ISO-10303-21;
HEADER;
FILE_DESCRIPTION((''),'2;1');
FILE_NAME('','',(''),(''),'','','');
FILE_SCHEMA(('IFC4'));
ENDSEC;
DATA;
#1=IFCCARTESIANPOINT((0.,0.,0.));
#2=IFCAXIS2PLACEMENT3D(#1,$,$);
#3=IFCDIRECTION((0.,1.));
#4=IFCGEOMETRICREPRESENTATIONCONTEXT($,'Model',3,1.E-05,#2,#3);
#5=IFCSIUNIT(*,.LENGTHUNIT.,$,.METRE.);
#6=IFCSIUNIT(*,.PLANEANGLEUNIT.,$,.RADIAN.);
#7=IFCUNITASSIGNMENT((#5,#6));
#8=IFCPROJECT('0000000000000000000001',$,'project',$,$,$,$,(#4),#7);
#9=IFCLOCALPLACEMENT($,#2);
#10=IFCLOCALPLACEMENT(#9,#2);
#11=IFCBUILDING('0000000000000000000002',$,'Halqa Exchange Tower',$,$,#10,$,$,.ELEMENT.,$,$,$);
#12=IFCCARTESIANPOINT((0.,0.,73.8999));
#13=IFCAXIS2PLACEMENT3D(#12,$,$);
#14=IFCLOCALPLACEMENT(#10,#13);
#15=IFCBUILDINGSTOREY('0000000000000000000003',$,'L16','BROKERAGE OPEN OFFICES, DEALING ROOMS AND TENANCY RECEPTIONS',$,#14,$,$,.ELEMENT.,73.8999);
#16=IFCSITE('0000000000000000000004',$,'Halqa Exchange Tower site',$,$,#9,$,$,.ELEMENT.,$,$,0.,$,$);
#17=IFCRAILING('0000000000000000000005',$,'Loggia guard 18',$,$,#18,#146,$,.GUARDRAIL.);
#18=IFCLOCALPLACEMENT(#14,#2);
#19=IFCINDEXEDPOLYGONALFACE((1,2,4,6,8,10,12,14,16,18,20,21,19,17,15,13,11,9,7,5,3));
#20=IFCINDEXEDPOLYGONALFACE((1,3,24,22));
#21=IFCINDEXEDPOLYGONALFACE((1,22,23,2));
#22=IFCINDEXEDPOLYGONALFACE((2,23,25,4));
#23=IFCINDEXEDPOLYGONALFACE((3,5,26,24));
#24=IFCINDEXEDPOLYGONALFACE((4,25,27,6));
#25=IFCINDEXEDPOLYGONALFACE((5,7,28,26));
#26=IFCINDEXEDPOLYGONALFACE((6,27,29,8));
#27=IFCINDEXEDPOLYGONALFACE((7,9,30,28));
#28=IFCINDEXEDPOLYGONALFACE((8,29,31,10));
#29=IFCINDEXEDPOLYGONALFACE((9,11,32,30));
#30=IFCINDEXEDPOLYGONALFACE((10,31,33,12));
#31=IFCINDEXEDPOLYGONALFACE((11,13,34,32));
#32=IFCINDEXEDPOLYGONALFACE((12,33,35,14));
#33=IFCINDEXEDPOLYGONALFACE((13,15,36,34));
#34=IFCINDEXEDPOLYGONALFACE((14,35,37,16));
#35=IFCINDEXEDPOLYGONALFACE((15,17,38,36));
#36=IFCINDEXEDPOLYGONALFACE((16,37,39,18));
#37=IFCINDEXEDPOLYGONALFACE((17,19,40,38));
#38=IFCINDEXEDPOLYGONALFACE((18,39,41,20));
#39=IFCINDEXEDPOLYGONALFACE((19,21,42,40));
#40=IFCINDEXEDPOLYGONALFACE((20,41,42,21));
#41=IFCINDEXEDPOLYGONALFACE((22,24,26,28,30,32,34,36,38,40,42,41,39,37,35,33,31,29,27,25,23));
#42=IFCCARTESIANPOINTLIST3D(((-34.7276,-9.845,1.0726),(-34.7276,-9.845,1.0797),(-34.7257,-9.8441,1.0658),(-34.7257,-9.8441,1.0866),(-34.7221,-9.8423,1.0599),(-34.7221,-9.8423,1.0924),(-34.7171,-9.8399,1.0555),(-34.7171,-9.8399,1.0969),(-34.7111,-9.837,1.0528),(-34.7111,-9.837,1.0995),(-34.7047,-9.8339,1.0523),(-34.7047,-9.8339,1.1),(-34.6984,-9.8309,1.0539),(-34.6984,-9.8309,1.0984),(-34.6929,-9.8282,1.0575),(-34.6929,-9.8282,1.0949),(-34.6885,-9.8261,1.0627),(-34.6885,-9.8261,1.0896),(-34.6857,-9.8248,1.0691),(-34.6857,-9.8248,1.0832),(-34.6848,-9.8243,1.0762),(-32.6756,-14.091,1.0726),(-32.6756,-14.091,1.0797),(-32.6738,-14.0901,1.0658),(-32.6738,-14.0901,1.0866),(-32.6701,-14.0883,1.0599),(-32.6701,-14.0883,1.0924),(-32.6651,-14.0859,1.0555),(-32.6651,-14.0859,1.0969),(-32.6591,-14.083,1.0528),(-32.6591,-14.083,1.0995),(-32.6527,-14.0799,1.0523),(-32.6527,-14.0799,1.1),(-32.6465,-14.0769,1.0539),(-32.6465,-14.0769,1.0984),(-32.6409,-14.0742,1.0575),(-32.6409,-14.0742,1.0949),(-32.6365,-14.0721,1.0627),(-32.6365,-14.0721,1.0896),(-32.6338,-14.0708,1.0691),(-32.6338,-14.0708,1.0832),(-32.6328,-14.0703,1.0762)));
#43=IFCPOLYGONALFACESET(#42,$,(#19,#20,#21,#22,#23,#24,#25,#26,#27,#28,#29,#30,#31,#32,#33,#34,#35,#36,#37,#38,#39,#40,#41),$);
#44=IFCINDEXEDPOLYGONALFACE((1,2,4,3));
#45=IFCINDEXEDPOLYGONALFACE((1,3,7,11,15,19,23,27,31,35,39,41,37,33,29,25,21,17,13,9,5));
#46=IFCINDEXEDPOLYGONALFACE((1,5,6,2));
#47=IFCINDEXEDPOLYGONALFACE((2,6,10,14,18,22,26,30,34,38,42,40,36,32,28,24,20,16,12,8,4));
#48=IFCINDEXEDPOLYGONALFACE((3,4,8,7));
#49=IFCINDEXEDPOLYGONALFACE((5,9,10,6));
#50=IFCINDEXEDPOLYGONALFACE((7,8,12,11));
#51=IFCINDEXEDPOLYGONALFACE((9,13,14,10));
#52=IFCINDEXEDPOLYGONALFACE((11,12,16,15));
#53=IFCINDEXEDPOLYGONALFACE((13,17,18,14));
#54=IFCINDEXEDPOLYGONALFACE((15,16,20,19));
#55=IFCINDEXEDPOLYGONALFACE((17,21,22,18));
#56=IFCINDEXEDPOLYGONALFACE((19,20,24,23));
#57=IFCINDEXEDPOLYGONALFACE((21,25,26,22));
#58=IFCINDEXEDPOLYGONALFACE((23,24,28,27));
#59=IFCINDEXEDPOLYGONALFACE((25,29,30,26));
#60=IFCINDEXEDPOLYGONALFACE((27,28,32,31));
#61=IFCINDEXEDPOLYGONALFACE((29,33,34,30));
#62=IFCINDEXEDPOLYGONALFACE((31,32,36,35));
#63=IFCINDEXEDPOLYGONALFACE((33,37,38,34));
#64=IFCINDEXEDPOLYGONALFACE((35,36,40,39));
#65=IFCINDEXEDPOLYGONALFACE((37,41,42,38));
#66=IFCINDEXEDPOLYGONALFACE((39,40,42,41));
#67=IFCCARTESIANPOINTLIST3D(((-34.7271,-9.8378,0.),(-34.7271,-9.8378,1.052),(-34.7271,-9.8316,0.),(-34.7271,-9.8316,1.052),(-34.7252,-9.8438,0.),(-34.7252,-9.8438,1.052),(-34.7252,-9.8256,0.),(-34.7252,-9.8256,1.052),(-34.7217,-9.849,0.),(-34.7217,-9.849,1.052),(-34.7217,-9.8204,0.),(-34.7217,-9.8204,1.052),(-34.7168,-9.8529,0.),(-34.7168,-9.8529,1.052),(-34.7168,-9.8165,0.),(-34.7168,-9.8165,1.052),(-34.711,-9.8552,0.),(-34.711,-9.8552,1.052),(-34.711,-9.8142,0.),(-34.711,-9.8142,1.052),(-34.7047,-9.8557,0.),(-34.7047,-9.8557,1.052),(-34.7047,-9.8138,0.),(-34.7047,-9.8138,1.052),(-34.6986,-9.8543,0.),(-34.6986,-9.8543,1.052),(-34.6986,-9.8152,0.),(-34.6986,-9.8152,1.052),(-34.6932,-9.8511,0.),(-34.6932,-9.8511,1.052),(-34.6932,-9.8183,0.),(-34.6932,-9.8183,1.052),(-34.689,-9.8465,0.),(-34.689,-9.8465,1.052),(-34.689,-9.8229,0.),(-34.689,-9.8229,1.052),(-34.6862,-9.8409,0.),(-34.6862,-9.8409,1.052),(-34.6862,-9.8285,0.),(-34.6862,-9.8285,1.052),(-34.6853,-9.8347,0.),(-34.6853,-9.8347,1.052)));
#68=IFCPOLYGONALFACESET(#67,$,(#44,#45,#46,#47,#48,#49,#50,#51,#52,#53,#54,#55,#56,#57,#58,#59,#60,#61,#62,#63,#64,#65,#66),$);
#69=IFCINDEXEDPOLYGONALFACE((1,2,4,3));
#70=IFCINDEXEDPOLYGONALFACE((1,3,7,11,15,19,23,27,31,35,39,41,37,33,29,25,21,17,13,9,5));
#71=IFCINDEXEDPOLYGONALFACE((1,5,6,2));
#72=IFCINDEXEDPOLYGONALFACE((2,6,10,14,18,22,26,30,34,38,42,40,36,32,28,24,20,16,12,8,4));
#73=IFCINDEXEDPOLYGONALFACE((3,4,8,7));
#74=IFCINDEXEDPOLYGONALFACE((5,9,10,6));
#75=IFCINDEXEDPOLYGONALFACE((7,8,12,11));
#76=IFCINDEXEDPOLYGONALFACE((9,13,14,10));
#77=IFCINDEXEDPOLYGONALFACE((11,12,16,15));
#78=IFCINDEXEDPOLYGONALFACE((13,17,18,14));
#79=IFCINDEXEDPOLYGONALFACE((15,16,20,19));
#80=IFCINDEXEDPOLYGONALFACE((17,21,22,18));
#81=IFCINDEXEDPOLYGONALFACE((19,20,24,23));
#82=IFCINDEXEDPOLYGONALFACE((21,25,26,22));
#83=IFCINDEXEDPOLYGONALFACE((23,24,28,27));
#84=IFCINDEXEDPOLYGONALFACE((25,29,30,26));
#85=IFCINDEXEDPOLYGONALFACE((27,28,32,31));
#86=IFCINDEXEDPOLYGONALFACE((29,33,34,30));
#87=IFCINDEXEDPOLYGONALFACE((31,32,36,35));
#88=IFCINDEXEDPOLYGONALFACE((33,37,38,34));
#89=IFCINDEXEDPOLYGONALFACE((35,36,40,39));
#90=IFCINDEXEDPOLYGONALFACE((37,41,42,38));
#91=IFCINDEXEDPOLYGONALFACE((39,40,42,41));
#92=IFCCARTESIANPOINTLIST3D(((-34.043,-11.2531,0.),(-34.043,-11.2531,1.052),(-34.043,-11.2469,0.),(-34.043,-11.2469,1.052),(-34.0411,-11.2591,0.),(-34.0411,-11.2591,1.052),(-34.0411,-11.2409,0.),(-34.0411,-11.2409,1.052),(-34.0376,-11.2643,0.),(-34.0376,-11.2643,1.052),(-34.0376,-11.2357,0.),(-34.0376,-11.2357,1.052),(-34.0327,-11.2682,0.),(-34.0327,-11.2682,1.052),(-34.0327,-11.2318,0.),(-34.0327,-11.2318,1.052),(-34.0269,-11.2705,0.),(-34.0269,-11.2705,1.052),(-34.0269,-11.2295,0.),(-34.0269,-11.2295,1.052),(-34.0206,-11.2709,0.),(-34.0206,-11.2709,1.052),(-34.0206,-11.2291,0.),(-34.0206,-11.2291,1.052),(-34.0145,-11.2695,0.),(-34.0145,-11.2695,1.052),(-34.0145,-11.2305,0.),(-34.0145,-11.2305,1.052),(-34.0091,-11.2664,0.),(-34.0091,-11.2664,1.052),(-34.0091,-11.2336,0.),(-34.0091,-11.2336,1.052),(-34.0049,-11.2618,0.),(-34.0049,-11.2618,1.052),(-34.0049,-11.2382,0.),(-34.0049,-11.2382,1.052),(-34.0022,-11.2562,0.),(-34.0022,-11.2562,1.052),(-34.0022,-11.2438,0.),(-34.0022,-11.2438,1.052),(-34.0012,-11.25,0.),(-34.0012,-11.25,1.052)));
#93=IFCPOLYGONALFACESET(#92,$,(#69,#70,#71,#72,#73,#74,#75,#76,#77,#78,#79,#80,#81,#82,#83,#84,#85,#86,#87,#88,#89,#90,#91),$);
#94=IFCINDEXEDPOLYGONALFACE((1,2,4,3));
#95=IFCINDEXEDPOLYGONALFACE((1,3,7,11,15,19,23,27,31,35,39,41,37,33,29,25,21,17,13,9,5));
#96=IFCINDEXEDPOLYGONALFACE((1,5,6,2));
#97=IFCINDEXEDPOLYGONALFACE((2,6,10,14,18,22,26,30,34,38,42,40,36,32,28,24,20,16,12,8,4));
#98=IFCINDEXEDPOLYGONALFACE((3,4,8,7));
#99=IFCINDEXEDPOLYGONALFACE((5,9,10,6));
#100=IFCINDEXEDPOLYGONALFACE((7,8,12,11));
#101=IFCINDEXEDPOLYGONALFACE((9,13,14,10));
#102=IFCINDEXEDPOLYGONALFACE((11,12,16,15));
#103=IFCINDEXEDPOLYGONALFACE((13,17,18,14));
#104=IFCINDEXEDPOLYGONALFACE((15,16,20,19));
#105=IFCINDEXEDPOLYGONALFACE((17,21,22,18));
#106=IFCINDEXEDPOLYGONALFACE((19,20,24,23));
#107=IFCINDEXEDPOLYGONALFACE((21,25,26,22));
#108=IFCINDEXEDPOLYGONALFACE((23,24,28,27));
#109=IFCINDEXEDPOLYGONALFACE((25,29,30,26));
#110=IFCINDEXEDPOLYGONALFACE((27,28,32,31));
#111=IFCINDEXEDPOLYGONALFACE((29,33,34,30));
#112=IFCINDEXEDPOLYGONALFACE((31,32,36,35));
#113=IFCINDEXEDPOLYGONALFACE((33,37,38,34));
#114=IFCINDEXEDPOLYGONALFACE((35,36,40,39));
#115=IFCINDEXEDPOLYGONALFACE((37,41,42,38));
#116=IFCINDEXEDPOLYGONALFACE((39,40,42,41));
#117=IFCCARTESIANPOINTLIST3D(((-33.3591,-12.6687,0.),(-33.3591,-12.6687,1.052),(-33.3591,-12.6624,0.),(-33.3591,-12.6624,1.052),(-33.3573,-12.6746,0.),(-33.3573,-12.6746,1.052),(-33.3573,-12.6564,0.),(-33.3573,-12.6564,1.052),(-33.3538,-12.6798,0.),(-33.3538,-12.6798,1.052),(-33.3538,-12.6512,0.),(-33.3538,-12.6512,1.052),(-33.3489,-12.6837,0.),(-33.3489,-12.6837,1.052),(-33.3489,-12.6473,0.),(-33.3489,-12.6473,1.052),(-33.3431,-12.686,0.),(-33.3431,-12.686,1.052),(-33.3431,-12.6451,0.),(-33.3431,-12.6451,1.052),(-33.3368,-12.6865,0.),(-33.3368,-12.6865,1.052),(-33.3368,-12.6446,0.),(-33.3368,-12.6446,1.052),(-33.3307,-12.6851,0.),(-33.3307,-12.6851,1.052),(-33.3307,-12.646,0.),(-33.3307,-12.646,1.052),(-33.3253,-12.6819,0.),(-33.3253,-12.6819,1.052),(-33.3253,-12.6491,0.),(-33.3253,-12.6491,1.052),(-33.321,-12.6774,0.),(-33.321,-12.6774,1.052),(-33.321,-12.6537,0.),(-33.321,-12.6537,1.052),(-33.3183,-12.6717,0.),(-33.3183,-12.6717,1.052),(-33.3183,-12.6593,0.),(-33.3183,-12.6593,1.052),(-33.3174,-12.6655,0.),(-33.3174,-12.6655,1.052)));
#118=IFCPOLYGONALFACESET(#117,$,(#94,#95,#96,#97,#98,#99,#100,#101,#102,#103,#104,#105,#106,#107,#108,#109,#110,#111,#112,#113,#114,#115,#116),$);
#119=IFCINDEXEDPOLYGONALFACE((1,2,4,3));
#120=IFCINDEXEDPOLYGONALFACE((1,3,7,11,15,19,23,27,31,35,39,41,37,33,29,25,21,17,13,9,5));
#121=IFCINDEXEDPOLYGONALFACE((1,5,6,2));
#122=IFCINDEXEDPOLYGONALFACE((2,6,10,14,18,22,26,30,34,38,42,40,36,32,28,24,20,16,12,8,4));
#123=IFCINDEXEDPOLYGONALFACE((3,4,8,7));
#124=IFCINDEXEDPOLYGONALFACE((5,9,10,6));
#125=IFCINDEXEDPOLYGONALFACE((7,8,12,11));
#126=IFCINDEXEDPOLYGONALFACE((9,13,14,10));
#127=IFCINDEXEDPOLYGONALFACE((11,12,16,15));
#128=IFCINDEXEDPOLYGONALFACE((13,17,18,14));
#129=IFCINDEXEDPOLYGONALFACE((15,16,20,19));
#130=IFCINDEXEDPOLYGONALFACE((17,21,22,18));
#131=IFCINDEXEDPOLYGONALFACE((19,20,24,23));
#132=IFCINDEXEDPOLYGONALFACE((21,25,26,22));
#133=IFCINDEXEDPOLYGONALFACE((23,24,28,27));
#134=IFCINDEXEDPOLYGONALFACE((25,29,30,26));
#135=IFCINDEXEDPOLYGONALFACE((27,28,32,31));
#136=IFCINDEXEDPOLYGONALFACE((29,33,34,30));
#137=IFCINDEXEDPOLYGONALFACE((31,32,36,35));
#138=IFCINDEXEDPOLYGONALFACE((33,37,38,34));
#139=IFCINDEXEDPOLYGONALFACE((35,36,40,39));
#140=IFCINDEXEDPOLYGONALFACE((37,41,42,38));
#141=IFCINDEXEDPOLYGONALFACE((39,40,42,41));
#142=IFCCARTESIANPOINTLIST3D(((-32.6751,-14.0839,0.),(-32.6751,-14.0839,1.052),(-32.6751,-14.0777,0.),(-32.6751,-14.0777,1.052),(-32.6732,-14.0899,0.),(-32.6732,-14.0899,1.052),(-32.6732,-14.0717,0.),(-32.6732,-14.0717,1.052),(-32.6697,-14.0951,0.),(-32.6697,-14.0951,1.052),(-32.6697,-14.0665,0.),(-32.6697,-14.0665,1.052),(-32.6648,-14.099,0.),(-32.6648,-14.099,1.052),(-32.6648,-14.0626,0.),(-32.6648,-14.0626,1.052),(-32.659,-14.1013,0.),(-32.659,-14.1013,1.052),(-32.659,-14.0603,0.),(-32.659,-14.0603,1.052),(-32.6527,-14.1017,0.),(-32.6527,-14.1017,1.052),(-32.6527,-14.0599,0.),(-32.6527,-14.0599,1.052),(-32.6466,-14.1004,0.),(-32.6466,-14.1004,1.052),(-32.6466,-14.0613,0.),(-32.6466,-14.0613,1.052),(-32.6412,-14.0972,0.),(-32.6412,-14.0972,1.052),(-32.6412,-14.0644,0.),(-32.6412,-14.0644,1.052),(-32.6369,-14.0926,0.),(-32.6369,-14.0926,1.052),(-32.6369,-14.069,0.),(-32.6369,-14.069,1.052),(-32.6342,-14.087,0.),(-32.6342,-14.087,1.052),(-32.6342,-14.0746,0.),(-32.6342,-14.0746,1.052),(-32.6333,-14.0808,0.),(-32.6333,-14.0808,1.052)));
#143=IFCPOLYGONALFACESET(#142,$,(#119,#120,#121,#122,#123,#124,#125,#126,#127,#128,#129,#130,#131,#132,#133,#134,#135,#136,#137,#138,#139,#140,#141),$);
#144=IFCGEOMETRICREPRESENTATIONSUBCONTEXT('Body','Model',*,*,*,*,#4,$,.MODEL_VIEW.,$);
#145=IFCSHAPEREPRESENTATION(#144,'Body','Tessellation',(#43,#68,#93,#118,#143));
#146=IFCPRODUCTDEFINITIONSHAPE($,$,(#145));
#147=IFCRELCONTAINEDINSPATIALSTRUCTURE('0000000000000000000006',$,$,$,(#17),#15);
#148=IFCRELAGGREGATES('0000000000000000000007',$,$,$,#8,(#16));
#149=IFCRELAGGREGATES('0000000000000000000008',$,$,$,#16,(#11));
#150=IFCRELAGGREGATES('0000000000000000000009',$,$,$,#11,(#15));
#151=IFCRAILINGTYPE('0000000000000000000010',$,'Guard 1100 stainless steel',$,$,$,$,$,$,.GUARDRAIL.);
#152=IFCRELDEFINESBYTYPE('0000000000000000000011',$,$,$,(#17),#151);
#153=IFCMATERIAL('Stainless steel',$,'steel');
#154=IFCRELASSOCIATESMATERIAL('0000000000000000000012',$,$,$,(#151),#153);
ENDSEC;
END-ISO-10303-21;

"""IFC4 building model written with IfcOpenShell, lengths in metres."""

from ifc_helpers import new_model, si_unit, direction, frame, origin, origin_2d, place, context, subcontext, project, spatial, circle, extrude, material, type_object, element, save


model = new_model("IFC4")

# Units and contexts
model_context = context("Model", 3, precision=1e-05, world=origin(), true_north=direction((0.0, 1.0)))
body_context = subcontext(model_context, "Body", "Model", "MODEL_VIEW")
ifc_project = project(units=[si_unit("LENGTHUNIT", "METRE"), si_unit("PLANEANGLEUNIT", "RADIAN")], contexts=[model_context])

# Site, building, storey
site_placement = place(None, origin())
site = spatial("IfcSite", under=ifc_project, at=site_placement, Name="Halqa Exchange Tower site", CompositionType="ELEMENT", RefElevation=0.0)
building_placement = place(site_placement, origin())
building = spatial("IfcBuilding", under=site, at=building_placement, Name="Halqa Exchange Tower", CompositionType="ELEMENT")
storey_placement = place(building_placement, frame((0.0, 0.0, 73.8999)))
storey = spatial("IfcBuildingStorey", under=building, at=storey_placement, Name="L16", Description="BROKERAGE OPEN OFFICES, DEALING ROOMS AND TENANCY RECEPTIONS", CompositionType="ELEMENT", Elevation=73.8999)

# Railing
ifc_material_1 = material(Name="Stainless steel", Category="steel")
railing_type = type_object("IfcRailingType", Name="Guard 1100 stainless steel", PredefinedType="GUARDRAIL", material=ifc_material_1)
railing_1_placement = place(storey_placement, frame((-34.7063, -9.8347, 0.0)))
element("IfcRailing", 1, at=railing_1_placement, inside=storey, type_object=railing_type, Name="Loggia guard 18", PredefinedType="GUARDRAIL", context=body_context, shape_type="SweptSolid", body=[
    extrude(circle(Radius=0.0239, at=origin_2d()), frame((0.0, 0.0, 1.0762), z_axis=(0.435121, -0.900372, 0.0), x_axis=(0.900372, 0.435121, 0.0)), (0.0, 0.0, 1.0), 4.7158),
    extrude(circle(Radius=0.021, at=origin_2d()), origin(), (0.0, 0.0, 1.0), 1.052),
    extrude(circle(Radius=0.021, at=origin_2d()), frame((0.6841, -1.4153, 0.0)), (0.0, 0.0, 1.0), 1.052),
    extrude(circle(Radius=0.021, at=origin_2d()), frame((1.3679, -2.8308, 0.0)), (0.0, 0.0, 1.0), 1.052),
    extrude(circle(Radius=0.021, at=origin_2d()), frame((2.052, -4.2461, 0.0)), (0.0, 0.0, 1.0), 1.052),
])

save(model, "model.ifc")
